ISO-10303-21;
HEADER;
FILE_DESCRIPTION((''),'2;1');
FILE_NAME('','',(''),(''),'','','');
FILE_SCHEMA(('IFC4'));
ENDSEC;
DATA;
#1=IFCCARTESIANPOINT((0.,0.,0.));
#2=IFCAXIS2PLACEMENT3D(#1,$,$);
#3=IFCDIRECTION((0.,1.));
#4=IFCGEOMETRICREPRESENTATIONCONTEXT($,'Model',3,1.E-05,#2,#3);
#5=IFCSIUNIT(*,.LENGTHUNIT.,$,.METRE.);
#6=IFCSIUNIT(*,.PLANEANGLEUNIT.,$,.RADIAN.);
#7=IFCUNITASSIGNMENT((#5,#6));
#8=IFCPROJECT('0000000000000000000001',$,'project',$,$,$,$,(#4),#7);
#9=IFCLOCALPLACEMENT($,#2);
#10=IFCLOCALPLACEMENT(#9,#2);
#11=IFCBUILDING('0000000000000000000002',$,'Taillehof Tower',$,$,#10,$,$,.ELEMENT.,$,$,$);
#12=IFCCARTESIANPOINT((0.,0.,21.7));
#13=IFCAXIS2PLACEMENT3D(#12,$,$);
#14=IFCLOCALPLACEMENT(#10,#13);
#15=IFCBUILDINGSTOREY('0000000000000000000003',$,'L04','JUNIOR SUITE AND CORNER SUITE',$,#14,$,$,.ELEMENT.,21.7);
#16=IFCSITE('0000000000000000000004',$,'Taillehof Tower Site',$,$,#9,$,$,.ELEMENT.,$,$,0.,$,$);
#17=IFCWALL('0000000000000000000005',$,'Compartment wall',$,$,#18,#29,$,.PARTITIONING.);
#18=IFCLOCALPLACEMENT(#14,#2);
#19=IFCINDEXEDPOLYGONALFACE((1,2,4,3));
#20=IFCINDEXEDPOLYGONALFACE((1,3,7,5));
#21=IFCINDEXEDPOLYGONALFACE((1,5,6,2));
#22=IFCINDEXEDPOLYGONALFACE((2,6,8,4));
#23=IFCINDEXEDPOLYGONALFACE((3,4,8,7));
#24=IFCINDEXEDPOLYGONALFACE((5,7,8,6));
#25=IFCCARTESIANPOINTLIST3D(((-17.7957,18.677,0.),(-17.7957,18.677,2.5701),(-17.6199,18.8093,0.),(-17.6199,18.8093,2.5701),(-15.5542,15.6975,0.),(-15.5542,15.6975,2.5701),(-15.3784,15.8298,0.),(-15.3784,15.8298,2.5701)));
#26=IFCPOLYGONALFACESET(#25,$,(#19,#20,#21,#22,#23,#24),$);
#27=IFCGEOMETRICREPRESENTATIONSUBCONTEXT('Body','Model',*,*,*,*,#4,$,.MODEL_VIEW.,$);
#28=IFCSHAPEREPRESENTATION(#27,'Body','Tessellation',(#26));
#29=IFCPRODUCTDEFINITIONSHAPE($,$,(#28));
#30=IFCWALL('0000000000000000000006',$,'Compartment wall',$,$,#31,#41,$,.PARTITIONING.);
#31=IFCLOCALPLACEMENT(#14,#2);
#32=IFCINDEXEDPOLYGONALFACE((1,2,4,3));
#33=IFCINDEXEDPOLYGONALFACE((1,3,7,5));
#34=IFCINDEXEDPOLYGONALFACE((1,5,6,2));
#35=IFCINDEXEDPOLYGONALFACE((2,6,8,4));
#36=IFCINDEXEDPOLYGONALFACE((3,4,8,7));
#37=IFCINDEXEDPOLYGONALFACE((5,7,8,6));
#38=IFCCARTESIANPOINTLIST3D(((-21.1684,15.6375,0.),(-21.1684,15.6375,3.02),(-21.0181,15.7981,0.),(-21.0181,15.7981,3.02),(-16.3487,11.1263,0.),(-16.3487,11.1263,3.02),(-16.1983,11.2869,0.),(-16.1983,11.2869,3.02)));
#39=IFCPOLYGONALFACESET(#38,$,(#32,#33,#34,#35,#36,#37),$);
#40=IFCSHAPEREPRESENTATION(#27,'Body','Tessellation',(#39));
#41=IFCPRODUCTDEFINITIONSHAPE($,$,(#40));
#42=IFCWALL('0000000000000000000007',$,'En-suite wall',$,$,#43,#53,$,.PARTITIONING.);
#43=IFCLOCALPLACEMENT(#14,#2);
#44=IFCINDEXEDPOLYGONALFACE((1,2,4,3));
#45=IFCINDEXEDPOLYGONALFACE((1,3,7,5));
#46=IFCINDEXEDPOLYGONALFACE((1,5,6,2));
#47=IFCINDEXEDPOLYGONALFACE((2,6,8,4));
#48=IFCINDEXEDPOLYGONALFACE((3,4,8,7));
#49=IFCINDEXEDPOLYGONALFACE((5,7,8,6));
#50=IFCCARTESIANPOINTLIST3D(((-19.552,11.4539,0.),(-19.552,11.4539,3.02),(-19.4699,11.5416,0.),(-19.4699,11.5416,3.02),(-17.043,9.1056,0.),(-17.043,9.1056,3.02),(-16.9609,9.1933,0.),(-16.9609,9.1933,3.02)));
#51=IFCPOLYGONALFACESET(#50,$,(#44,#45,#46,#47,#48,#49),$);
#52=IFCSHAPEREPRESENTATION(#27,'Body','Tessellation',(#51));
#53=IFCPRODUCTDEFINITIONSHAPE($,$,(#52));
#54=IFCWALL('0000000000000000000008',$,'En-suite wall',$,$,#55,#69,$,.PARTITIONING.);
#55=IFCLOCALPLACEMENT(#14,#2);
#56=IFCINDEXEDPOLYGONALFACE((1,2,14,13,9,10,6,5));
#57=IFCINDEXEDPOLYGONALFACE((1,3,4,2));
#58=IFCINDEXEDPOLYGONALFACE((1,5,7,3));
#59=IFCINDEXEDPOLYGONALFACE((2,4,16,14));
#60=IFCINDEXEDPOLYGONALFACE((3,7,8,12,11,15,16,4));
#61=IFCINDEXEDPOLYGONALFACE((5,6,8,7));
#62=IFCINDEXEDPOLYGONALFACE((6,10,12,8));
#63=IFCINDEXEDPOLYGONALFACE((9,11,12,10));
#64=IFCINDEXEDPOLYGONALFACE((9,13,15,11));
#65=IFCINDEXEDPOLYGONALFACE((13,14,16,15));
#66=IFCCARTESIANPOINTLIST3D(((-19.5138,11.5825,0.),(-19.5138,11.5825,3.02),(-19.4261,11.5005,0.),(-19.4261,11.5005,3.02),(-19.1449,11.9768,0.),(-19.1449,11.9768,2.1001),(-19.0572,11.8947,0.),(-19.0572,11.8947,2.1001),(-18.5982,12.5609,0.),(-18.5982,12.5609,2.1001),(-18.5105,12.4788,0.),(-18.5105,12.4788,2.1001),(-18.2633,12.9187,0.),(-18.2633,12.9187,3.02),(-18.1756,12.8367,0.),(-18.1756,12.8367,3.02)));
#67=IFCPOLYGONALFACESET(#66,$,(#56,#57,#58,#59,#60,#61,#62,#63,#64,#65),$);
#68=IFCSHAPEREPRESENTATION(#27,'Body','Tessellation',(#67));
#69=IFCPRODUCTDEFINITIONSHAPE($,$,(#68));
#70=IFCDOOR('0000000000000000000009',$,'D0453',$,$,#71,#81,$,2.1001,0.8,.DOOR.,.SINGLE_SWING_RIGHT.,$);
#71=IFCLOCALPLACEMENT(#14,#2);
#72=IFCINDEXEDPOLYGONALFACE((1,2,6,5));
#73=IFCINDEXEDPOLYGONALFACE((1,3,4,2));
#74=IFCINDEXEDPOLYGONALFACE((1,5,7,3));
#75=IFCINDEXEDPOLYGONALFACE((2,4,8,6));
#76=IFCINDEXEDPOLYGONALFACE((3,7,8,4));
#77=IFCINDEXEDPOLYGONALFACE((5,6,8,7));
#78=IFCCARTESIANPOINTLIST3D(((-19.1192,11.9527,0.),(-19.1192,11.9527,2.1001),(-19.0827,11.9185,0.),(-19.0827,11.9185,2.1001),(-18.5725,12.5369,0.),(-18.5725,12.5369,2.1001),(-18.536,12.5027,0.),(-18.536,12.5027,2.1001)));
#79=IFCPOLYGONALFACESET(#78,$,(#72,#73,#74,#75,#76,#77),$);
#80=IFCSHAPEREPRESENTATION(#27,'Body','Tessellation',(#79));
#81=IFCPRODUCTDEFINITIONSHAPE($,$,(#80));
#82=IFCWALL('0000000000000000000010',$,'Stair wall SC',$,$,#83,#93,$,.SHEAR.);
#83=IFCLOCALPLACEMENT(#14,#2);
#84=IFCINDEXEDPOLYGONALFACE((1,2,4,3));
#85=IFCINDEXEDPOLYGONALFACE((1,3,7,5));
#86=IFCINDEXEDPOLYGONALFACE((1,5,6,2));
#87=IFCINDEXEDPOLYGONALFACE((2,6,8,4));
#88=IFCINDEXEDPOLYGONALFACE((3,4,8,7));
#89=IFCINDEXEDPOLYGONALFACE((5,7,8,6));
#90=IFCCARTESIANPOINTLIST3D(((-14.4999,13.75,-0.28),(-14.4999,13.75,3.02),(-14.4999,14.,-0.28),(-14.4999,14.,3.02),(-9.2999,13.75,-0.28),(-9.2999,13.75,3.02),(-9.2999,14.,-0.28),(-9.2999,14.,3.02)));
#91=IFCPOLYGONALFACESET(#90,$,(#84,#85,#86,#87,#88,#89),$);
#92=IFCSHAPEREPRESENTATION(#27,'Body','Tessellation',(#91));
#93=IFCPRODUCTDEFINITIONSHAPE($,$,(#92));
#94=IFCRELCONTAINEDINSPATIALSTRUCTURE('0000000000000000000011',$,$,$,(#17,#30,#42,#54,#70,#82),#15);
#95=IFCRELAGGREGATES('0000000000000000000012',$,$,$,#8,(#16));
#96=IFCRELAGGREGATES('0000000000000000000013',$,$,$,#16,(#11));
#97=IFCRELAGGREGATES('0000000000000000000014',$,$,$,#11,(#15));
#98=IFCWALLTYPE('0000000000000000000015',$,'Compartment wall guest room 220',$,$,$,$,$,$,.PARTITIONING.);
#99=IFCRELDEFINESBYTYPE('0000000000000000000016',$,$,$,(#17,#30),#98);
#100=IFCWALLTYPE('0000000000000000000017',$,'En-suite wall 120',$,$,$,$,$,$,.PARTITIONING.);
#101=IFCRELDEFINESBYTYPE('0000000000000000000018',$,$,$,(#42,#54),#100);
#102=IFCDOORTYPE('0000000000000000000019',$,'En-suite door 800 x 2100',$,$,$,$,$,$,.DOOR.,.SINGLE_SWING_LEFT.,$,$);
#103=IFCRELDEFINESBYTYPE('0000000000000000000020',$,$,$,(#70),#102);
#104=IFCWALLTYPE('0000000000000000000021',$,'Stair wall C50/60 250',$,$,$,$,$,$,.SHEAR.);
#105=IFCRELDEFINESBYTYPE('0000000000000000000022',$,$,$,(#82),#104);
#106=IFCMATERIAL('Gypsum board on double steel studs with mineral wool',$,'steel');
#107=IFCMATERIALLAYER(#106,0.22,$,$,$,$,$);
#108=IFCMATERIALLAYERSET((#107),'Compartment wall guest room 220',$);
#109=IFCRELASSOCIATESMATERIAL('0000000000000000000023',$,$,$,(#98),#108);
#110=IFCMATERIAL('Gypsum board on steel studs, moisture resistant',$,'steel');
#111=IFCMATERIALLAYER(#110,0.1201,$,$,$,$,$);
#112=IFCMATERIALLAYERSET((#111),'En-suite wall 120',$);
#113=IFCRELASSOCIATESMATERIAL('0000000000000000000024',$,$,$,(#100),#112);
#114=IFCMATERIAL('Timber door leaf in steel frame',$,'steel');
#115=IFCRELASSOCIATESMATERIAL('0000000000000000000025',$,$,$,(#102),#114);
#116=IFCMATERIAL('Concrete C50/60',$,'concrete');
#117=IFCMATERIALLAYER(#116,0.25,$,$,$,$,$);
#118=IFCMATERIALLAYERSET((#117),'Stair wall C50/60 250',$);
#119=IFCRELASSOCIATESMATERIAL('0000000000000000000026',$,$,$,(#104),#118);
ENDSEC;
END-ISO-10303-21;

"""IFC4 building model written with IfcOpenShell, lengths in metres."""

from ifc_helpers import new_model, si_unit, direction, frame, frame_2d, origin, place, context, subcontext, project, spatial, rectangle, extrude, material, layer, layer_set, type_object, element, fill, save


model = new_model("IFC4")

# Units and contexts
model_context = context("Model", 3, precision=1e-05, world=origin(), true_north=direction((0.0, 1.0)))
body_context = subcontext(model_context, "Body", "Model", "MODEL_VIEW")
ifc_project = project(units=[si_unit("LENGTHUNIT", "METRE"), si_unit("PLANEANGLEUNIT", "RADIAN")], contexts=[model_context])

# Site, building, storey
site_placement = place(None, origin())
site = spatial("IfcSite", under=ifc_project, at=site_placement, Name="Taillehof Tower Site", CompositionType="ELEMENT", RefElevation=0.0)
building_placement = place(site_placement, origin())
building = spatial("IfcBuilding", under=site, at=building_placement, Name="Taillehof Tower", CompositionType="ELEMENT")
storey_placement = place(building_placement, frame((0.0, 0.0, 21.7)))
storey = spatial("IfcBuildingStorey", under=building, at=storey_placement, Name="L04", Description="JUNIOR SUITE AND CORNER SUITE", CompositionType="ELEMENT", Elevation=21.7)

# Walls
ifc_material_1 = material(Name="Gypsum board on double steel studs with mineral wool", Category="steel")
ifc_layer_1 = layer(ifc_material_1, 0.22)
ifc_layer_set_1 = layer_set([ifc_layer_1], Name="Compartment wall guest room 220")
wall_type_1 = type_object("IfcWallType", Name="Compartment wall guest room 220", PredefinedType="PARTITIONING", material=ifc_layer_set_1)
wall_1_placement = place(storey_placement, frame((-17.7078, 18.7432, 0.0), z_axis=(0.0, 0.0, 1.0), x_axis=(0.601173, -0.799119, 0.0)))
element("IfcWall", 1, at=wall_1_placement, inside=storey, type_object=wall_type_1, Name="Compartment wall", PredefinedType="PARTITIONING", context=body_context, shape_type="SweptSolid", body=[
    extrude(rectangle(XDim=3.7285, YDim=0.22, at=frame_2d((1.8643, 0.0))), origin(), (0.0, 0.0, 1.0), 2.5701),
])
wall_2_placement = place(storey_placement, frame((-21.0933, 15.7178, 0.0), z_axis=(0.0, 0.0, 1.0), x_axis=(0.730093, -0.683348, 0.0)))
element("IfcWall", 2, at=wall_2_placement, inside=storey, type_object=wall_type_1, Name="Compartment wall", PredefinedType="PARTITIONING", context=body_context, shape_type="SweptSolid", body=[
    extrude(rectangle(XDim=6.6016, YDim=0.22, at=frame_2d((3.3008, 0.0))), origin(), (0.0, 0.0, 1.0), 3.02),
])
ifc_material_2 = material(Name="Gypsum board on steel studs, moisture resistant", Category="steel")
ifc_layer_2 = layer(ifc_material_2, 0.1201)
ifc_layer_set_2 = layer_set([ifc_layer_2], Name="En-suite wall 120")
wall_type_2 = type_object("IfcWallType", Name="En-suite wall 120", PredefinedType="PARTITIONING", material=ifc_layer_set_2)
wall_3_placement = place(storey_placement, frame((-17.002, 9.1494, 0.0), z_axis=(0.0, 0.0, 1.0), x_axis=(-0.730093, 0.683348, 0.0)))
element("IfcWall", 3, at=wall_3_placement, inside=storey, type_object=wall_type_2, Name="En-suite wall", PredefinedType="PARTITIONING", context=body_context, shape_type="SweptSolid", body=[
    extrude(rectangle(XDim=3.4365, YDim=0.1201, at=frame_2d((1.7183, 0.0))), origin(), (0.0, 0.0, 1.0), 3.02),
])

# Wall, opening, door
wall_4_placement = place(storey_placement, frame((-19.47, 11.5415, 0.0), z_axis=(0.0, 0.0, 1.0), x_axis=(0.683306, 0.730132, 0.0)))
wall_4 = element("IfcWall", 4, at=wall_4_placement, inside=storey, type_object=wall_type_2, Name="En-suite wall", PredefinedType="PARTITIONING", context=body_context, shape_type="SweptSolid", body=[
    extrude(rectangle(XDim=1.8301, YDim=0.1201, at=frame_2d((0.915, 0.0))), origin(), (0.0, 0.0, 1.0), 3.02),
])
opening_1_placement = place(wall_4_placement, frame((0.54, 0.0, 0.0)))
opening_1 = element("IfcOpeningElement", 5, at=opening_1_placement, cuts=wall_4, PredefinedType="OPENING", context=body_context, shape_type="SweptSolid", body=[
    extrude(rectangle(XDim=0.8, YDim=2.1001, at=frame_2d((0.3999, 1.05))), frame((0.0, 0.0701, 0.0), z_axis=(0.0, -1.0, 0.0), x_axis=(1.0, 0.0, 0.0)), (0.0, 0.0, 1.0), 0.1401),
])
ifc_material_3 = material(Name="Timber door leaf in steel frame", Category="steel")
door_type_1 = type_object("IfcDoorType", Name="En-suite door 800 x 2100", OperationType="SINGLE_SWING_LEFT", PredefinedType="DOOR", material=ifc_material_3)
door_1_placement = place(opening_1_placement, origin())
door_1 = element("IfcDoor", 6, at=door_1_placement, inside=storey, type_object=door_type_1, Name="D0453", OperationType="SINGLE_SWING_RIGHT", OverallHeight=2.1001, OverallWidth=0.8, PredefinedType="DOOR", context=body_context, shape_type="SweptSolid", body=[
    extrude(rectangle(XDim=0.8, YDim=2.1001, at=frame_2d((0.3999, 1.05))), frame((0.0, 0.0249, 0.0), z_axis=(0.0, -1.0, 0.0), x_axis=(1.0, 0.0, 0.0)), (0.0, 0.0, 1.0), 0.05),
])
fill(opening_1, door_1)

# Wall
ifc_material_4 = material(Name="Concrete C50/60", Category="concrete")
ifc_layer_3 = layer(ifc_material_4, 0.25)
ifc_layer_set_3 = layer_set([ifc_layer_3], Name="Stair wall C50/60 250")
wall_type_3 = type_object("IfcWallType", Name="Stair wall C50/60 250", PredefinedType="SHEAR", material=ifc_layer_set_3)
wall_5_placement = place(storey_placement, frame((-14.5, 13.875, -0.28), z_axis=(0.0, 0.0, 1.0), x_axis=(1.0, 0.0, 0.0)))
element("IfcWall", 7, at=wall_5_placement, inside=storey, type_object=wall_type_3, Name="Stair wall SC", PredefinedType="SHEAR", context=body_context, shape_type="SweptSolid", body=[
    extrude(rectangle(XDim=5.2, YDim=0.25, at=frame_2d((2.6001, 0.0))), origin(), (0.0, 0.0, 1.0), 3.3),
])

save(model, "model.ifc")
